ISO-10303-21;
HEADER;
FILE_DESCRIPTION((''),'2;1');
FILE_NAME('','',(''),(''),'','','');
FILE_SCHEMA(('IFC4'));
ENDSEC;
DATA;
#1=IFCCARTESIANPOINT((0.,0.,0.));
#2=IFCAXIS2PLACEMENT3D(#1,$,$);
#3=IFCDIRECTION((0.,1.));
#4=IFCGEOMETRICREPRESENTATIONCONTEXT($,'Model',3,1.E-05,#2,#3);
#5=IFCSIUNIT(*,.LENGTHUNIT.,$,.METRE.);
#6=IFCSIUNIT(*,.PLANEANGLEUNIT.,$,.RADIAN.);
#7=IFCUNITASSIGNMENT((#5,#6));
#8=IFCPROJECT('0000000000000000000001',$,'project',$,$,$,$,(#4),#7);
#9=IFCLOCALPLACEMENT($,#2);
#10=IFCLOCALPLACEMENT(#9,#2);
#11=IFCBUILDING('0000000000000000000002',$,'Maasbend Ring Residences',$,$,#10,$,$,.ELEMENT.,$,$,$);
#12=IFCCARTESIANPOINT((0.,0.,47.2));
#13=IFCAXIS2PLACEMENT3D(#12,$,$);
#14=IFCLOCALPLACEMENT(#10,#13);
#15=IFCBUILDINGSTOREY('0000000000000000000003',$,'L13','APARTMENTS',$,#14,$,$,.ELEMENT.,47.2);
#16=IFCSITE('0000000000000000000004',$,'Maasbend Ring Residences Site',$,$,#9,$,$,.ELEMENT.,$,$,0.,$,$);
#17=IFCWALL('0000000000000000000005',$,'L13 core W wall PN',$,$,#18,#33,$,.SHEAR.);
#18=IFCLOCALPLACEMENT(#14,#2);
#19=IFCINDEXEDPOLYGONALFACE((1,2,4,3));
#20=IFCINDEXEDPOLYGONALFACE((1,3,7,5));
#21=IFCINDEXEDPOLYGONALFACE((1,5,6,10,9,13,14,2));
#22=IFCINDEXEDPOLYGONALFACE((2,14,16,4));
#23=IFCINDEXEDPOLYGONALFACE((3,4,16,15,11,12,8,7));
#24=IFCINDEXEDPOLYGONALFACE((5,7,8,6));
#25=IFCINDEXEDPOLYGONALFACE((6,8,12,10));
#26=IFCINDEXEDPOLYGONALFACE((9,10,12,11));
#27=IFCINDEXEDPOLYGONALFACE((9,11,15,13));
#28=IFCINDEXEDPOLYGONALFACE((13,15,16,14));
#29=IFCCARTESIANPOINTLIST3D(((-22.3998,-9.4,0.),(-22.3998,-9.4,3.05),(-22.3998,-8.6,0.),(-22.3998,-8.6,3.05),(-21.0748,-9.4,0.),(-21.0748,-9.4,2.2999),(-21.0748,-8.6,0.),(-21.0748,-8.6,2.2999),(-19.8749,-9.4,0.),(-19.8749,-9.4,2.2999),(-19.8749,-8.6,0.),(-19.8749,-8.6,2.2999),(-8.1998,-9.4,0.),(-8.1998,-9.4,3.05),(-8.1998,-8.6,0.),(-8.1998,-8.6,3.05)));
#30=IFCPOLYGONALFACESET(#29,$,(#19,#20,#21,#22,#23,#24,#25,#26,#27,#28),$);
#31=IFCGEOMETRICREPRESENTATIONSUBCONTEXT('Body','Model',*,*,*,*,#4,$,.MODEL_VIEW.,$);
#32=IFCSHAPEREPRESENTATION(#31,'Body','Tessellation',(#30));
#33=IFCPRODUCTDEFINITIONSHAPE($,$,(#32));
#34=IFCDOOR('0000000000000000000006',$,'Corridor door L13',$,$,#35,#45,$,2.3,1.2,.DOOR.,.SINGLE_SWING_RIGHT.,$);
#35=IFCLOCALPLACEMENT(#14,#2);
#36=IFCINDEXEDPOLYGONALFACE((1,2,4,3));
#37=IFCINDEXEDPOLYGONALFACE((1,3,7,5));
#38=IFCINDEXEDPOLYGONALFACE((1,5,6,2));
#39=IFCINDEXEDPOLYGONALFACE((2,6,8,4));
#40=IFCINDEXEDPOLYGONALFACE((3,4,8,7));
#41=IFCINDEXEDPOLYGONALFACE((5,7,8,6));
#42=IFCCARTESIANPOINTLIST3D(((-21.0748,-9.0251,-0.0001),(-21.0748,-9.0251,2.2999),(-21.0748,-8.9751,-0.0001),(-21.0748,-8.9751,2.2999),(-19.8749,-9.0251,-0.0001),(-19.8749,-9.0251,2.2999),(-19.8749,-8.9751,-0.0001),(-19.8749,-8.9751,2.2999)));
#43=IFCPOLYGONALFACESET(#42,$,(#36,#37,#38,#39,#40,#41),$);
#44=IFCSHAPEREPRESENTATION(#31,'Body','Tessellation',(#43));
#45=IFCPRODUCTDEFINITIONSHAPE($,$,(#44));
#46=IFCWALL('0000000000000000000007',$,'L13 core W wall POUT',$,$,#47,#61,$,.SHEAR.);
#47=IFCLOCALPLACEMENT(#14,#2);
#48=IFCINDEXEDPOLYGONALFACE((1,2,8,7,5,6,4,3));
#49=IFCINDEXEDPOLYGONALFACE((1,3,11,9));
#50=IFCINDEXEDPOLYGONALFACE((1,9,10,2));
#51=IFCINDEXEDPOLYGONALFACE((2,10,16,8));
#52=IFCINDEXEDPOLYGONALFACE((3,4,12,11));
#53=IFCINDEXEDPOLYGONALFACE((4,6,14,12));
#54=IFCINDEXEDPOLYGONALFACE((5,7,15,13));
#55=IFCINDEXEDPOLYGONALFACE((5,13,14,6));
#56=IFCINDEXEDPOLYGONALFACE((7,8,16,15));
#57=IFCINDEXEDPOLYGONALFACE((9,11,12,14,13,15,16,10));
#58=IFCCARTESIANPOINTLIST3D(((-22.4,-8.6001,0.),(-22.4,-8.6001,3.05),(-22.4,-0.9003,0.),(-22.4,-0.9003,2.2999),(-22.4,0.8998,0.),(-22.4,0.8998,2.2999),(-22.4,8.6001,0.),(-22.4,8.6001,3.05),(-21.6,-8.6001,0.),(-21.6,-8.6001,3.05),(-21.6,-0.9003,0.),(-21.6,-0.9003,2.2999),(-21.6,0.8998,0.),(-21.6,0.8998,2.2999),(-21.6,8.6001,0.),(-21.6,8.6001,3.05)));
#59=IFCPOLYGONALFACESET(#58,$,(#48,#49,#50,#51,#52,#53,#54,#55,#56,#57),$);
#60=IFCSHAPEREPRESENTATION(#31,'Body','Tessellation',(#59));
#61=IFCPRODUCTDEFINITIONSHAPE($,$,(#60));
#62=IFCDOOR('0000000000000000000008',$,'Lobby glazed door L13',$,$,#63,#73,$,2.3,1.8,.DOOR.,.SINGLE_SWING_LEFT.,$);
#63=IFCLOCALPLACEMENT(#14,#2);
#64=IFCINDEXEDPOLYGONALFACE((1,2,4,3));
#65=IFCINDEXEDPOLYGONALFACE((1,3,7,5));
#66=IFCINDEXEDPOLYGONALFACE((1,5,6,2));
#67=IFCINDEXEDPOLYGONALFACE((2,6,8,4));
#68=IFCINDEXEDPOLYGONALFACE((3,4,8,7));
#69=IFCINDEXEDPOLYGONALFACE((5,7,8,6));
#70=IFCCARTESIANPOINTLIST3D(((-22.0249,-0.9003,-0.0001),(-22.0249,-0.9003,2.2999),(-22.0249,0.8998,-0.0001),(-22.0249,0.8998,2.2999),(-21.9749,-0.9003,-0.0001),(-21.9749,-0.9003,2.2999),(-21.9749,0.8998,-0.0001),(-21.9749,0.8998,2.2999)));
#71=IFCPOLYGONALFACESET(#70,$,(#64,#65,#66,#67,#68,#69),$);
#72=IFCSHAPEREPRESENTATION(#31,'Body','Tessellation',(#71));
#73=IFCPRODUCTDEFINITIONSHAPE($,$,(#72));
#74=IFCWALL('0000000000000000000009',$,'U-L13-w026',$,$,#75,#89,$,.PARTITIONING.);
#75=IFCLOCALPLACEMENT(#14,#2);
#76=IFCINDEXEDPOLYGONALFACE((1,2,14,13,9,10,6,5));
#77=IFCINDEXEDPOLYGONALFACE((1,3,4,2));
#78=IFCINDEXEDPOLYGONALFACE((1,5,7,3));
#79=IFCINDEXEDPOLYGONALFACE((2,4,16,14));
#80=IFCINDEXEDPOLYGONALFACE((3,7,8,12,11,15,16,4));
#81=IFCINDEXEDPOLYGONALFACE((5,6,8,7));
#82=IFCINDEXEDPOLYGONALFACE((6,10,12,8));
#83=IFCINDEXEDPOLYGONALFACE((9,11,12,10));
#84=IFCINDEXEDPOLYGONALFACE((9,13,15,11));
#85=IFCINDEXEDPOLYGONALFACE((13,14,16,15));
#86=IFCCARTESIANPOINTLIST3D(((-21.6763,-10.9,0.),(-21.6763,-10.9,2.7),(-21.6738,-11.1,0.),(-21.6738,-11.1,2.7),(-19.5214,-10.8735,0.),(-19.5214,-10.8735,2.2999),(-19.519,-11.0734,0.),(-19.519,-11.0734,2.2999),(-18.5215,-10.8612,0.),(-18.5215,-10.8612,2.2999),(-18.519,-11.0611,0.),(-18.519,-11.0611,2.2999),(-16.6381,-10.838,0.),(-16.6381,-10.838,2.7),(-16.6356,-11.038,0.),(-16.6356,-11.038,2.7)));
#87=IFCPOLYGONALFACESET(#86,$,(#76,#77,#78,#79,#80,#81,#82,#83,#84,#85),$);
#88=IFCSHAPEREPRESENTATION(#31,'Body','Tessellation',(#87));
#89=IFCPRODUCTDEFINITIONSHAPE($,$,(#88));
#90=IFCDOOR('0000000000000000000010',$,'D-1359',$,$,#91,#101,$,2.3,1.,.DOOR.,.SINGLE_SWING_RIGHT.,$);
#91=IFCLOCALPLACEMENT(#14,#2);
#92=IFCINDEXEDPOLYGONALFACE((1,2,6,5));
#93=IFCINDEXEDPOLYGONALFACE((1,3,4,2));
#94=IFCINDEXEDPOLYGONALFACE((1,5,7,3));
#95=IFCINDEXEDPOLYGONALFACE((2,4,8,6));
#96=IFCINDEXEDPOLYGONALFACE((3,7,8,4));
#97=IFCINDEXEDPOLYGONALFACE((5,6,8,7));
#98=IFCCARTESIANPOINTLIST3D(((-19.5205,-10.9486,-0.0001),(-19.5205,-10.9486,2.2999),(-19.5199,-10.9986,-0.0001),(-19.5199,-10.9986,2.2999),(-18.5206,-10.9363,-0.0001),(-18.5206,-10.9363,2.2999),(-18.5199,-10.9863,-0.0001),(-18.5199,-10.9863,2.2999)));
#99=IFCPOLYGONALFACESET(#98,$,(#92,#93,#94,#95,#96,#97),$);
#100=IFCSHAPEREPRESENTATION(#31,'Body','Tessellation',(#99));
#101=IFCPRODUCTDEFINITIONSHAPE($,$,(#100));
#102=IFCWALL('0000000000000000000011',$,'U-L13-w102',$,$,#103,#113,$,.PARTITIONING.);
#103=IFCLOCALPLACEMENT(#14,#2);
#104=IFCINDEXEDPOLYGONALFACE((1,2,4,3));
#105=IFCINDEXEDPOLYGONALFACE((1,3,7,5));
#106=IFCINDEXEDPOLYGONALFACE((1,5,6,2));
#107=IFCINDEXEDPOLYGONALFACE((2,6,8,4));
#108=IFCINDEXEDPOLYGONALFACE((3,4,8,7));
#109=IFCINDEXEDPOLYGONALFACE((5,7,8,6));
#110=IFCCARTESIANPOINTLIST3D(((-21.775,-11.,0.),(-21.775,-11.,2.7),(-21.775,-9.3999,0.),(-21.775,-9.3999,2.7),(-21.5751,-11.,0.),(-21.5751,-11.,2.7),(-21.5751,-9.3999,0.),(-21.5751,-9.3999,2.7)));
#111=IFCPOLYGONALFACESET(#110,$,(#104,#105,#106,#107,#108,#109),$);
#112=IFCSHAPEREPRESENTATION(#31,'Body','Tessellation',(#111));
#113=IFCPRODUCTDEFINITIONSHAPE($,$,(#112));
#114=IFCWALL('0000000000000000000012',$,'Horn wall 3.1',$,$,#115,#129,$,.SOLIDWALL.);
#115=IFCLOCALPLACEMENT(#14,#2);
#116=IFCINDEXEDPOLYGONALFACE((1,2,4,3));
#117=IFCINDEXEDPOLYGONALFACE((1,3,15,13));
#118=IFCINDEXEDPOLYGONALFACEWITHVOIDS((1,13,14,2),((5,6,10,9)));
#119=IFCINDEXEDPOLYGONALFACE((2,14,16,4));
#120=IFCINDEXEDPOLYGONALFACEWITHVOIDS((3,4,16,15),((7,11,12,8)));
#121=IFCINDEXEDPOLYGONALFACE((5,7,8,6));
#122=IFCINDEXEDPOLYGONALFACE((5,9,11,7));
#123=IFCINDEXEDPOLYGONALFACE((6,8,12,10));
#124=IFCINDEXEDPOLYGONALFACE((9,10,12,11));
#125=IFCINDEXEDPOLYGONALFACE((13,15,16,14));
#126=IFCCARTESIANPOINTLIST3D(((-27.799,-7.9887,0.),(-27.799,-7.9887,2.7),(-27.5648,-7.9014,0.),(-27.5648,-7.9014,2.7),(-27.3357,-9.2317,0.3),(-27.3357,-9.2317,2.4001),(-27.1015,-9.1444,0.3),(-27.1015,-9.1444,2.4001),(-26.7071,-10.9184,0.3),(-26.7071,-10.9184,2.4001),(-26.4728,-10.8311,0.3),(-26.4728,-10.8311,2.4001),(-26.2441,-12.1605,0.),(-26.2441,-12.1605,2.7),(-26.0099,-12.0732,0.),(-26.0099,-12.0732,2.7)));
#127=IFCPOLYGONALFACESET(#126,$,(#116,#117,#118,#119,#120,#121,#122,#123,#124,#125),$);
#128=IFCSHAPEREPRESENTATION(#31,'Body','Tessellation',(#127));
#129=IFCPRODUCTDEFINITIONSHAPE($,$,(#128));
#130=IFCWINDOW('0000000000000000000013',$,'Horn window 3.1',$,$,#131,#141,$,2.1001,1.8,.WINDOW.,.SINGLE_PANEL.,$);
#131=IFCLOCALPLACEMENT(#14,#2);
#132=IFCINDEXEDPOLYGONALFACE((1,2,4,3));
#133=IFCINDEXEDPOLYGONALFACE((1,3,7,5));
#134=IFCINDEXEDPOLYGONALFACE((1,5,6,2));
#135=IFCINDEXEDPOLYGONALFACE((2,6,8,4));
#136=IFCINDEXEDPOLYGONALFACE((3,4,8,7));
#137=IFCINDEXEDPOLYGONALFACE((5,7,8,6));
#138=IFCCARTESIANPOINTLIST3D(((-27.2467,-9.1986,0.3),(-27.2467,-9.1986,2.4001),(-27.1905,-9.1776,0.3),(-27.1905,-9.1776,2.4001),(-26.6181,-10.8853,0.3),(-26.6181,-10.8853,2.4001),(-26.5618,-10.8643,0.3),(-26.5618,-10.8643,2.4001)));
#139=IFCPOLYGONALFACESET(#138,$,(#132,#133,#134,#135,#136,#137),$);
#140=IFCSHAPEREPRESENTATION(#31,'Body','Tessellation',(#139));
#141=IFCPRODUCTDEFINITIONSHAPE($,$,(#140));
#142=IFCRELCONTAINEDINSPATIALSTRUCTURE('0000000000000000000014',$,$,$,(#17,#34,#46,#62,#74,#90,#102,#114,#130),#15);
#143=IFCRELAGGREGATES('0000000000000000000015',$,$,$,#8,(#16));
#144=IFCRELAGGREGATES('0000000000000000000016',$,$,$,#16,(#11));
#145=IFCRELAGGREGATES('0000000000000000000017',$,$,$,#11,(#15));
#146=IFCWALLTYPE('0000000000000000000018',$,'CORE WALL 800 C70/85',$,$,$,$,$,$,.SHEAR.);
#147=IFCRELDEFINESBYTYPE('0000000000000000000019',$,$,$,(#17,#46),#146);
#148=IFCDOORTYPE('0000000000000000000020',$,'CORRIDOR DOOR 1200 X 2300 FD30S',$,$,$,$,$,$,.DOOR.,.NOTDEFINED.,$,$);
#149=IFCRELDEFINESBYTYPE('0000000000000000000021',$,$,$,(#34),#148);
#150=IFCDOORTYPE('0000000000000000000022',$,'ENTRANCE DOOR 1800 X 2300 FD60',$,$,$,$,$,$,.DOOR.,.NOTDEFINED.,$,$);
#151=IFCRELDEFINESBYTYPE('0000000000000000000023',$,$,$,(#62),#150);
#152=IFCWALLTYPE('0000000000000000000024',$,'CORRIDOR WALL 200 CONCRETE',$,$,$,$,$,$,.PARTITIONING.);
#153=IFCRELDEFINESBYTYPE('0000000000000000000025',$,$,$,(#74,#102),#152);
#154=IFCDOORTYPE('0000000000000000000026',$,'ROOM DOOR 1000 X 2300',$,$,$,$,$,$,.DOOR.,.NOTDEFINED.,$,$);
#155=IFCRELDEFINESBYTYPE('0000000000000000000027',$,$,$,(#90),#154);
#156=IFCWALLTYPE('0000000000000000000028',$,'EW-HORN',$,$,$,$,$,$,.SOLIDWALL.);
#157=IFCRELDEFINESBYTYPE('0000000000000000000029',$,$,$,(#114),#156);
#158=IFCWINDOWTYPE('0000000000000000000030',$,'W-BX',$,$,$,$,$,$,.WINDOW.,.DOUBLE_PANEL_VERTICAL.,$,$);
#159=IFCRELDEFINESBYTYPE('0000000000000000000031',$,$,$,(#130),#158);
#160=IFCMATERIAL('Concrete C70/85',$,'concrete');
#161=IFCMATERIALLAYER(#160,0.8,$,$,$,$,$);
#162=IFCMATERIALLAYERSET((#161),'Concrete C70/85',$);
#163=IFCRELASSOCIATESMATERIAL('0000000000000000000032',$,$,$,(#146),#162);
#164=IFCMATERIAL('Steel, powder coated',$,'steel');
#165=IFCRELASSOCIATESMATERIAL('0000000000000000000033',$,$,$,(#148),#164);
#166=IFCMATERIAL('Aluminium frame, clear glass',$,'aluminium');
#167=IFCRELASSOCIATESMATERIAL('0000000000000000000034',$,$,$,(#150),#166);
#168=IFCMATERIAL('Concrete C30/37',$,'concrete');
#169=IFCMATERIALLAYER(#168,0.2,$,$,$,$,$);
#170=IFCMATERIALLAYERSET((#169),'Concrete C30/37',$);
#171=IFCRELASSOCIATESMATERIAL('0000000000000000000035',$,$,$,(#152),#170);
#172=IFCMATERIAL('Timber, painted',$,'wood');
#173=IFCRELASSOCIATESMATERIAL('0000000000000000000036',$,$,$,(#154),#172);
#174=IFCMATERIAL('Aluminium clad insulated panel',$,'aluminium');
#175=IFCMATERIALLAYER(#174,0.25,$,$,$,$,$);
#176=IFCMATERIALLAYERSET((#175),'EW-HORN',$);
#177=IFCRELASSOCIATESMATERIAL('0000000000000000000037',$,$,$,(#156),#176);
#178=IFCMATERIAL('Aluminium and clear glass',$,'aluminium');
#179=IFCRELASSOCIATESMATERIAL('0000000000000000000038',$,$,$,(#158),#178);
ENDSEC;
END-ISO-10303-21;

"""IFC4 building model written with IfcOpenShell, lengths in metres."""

from ifc_helpers import new_model, si_unit, direction, frame, frame_2d, origin, place, context, subcontext, project, spatial, rectangle, extrude, material, layer, layer_set, type_object, element, fill, save


model = new_model("IFC4")

# Units and contexts
model_context = context("Model", 3, precision=1e-05, world=origin(), true_north=direction((0.0, 1.0)))
body_context = subcontext(model_context, "Body", "Model", "MODEL_VIEW")
ifc_project = project(units=[si_unit("LENGTHUNIT", "METRE"), si_unit("PLANEANGLEUNIT", "RADIAN")], contexts=[model_context])

# Site, building, storey
site_placement = place(None, origin())
site = spatial("IfcSite", under=ifc_project, at=site_placement, Name="Maasbend Ring Residences Site", CompositionType="ELEMENT", RefElevation=0.0)
building_placement = place(site_placement, origin())
building = spatial("IfcBuilding", under=site, at=building_placement, Name="Maasbend Ring Residences", CompositionType="ELEMENT")
storey_placement = place(building_placement, frame((0.0, 0.0, 47.2)))
storey = spatial("IfcBuildingStorey", under=building, at=storey_placement, Name="L13", Description="APARTMENTS", CompositionType="ELEMENT", Elevation=47.2)

# Walls, openings, doors
ifc_material_1 = material(Name="Concrete C70/85", Category="concrete")
ifc_layer_1 = layer(ifc_material_1, 0.8)
ifc_layer_set_1 = layer_set([ifc_layer_1], Name="Concrete C70/85")
wall_type_1 = type_object("IfcWallType", Name="CORE WALL 800 C70/85", PredefinedType="SHEAR", material=ifc_layer_set_1)
wall_1_placement = place(storey_placement, frame((-22.3999, -9.0, 0.0), z_axis=(0.0, 0.0, 1.0), x_axis=(1.0, 0.0, 0.0)))
wall_1 = element("IfcWall", 1, at=wall_1_placement, inside=storey, type_object=wall_type_1, Name="L13 core W wall PN", PredefinedType="SHEAR", context=body_context, shape_type="SweptSolid", body=[
    extrude(rectangle(XDim=14.2, YDim=0.8, at=frame_2d((7.1001, 0.0))), origin(), (0.0, 0.0, 1.0), 3.05),
])
opening_1_placement = place(wall_1_placement, frame((1.325, 0.0, 0.0)))
opening_1 = element("IfcOpeningElement", 2, at=opening_1_placement, cuts=wall_1, PredefinedType="OPENING", context=body_context, shape_type="SweptSolid", body=[
    extrude(rectangle(XDim=1.2, YDim=2.3, at=frame_2d((0.6001, 1.1499))), frame((0.0, 0.4102, 0.0), z_axis=(0.0, -1.0, 0.0), x_axis=(1.0, 0.0, 0.0)), (0.0, 0.0, 1.0), 0.8201),
])
ifc_material_2 = material(Name="Steel, powder coated", Category="steel")
door_type_1 = type_object("IfcDoorType", Name="CORRIDOR DOOR 1200 X 2300 FD30S", OperationType="NOTDEFINED", PredefinedType="DOOR", material=ifc_material_2)
door_1_placement = place(opening_1_placement, origin())
door_1 = element("IfcDoor", 3, at=door_1_placement, inside=storey, type_object=door_type_1, Name="Corridor door L13", OperationType="SINGLE_SWING_RIGHT", OverallHeight=2.3, OverallWidth=1.2, PredefinedType="DOOR", context=body_context, shape_type="SweptSolid", body=[
    extrude(rectangle(XDim=1.2, YDim=2.3, at=frame_2d((0.6001, 1.1499))), frame((0.0, 0.0249, 0.0), z_axis=(0.0, -1.0, 0.0), x_axis=(1.0, 0.0, 0.0)), (0.0, 0.0, 1.0), 0.05),
])
fill(opening_1, door_1)
wall_2_placement = place(storey_placement, frame((-22.0, -8.6001, 0.0), z_axis=(0.0, 0.0, 1.0), x_axis=(0.0, 1.0, 0.0)))
wall_2 = element("IfcWall", 4, at=wall_2_placement, inside=storey, type_object=wall_type_1, Name="L13 core W wall POUT", PredefinedType="SHEAR", context=body_context, shape_type="SweptSolid", body=[
    extrude(rectangle(XDim=17.2002, YDim=0.8, at=frame_2d((8.6001, 0.0))), origin(), (0.0, 0.0, 1.0), 3.05),
])
opening_2_placement = place(wall_2_placement, frame((7.7, 0.0, 0.0)))
opening_2 = element("IfcOpeningElement", 5, at=opening_2_placement, cuts=wall_2, PredefinedType="OPENING", context=body_context, shape_type="SweptSolid", body=[
    extrude(rectangle(XDim=1.8, YDim=2.3, at=frame_2d((0.8999, 1.1499))), frame((0.0, 0.4102, 0.0), z_axis=(0.0, -1.0, 0.0), x_axis=(1.0, 0.0, 0.0)), (0.0, 0.0, 1.0), 0.8201),
])
ifc_material_3 = material(Name="Aluminium frame, clear glass", Category="aluminium")
door_type_2 = type_object("IfcDoorType", Name="ENTRANCE DOOR 1800 X 2300 FD60", OperationType="NOTDEFINED", PredefinedType="DOOR", material=ifc_material_3)
door_2_placement = place(opening_2_placement, origin())
door_2 = element("IfcDoor", 6, at=door_2_placement, inside=storey, type_object=door_type_2, Name="Lobby glazed door L13", OperationType="SINGLE_SWING_LEFT", OverallHeight=2.3, OverallWidth=1.8, PredefinedType="DOOR", context=body_context, shape_type="SweptSolid", body=[
    extrude(rectangle(XDim=1.8, YDim=2.3, at=frame_2d((0.8999, 1.1499))), frame((0.0, 0.0249, 0.0), z_axis=(0.0, -1.0, 0.0), x_axis=(1.0, 0.0, 0.0)), (0.0, 0.0, 1.0), 0.05),
])
fill(opening_2, door_2)
ifc_material_4 = material(Name="Concrete C30/37", Category="concrete")
ifc_layer_2 = layer(ifc_material_4, 0.2)
ifc_layer_set_2 = layer_set([ifc_layer_2], Name="Concrete C30/37")
wall_type_2 = type_object("IfcWallType", Name="CORRIDOR WALL 200 CONCRETE", PredefinedType="PARTITIONING", material=ifc_layer_set_2)
wall_3_placement = place(storey_placement, frame((-21.675, -11.0, 0.0), z_axis=(0.0, 0.0, 1.0), x_axis=(0.999924, 0.012308, 0.0)))
wall_3 = element("IfcWall", 7, at=wall_3_placement, inside=storey, type_object=wall_type_2, Name="U-L13-w026", PredefinedType="PARTITIONING", context=body_context, shape_type="SweptSolid", body=[
    extrude(rectangle(XDim=5.0386, YDim=0.2, at=frame_2d((2.5193, 0.0))), origin(), (0.0, 0.0, 1.0), 2.7),
])
opening_3_placement = place(wall_3_placement, frame((2.155, 0.0, 0.0)))
opening_3 = element("IfcOpeningElement", 8, at=opening_3_placement, cuts=wall_3, PredefinedType="OPENING", context=body_context, shape_type="SweptSolid", body=[
    extrude(rectangle(XDim=1.0, YDim=2.3, at=frame_2d((0.5, 1.1499))), frame((0.0, 0.1099, 0.0), z_axis=(0.0, -1.0, 0.0), x_axis=(1.0, 0.0, 0.0)), (0.0, 0.0, 1.0), 0.22),
])
ifc_material_5 = material(Name="Timber, painted", Category="wood")
door_type_3 = type_object("IfcDoorType", Name="ROOM DOOR 1000 X 2300", OperationType="NOTDEFINED", PredefinedType="DOOR", material=ifc_material_5)
door_3_placement = place(opening_3_placement, origin())
door_3 = element("IfcDoor", 9, at=door_3_placement, inside=storey, type_object=door_type_3, Name="D-1359", OperationType="SINGLE_SWING_RIGHT", OverallHeight=2.3, OverallWidth=1.0, PredefinedType="DOOR", context=body_context, shape_type="SweptSolid", body=[
    extrude(rectangle(XDim=1.0, YDim=2.3, at=frame_2d((0.5, 1.1499))), frame((0.0, 0.0249, 0.0), z_axis=(0.0, -1.0, 0.0), x_axis=(1.0, 0.0, 0.0)), (0.0, 0.0, 1.0), 0.05),
])
fill(opening_3, door_3)

# Wall
wall_4_placement = place(storey_placement, frame((-21.675, -11.0, 0.0), z_axis=(0.0, 0.0, 1.0), x_axis=(0.0, 1.0, 0.0)))
element("IfcWall", 10, at=wall_4_placement, inside=storey, type_object=wall_type_2, Name="U-L13-w102", PredefinedType="PARTITIONING", context=body_context, shape_type="SweptSolid", body=[
    extrude(rectangle(XDim=1.6001, YDim=0.2, at=frame_2d((0.8, 0.0))), origin(), (0.0, 0.0, 1.0), 2.7),
])

# Wall, opening, window
ifc_material_6 = material(Name="Aluminium clad insulated panel", Category="aluminium")
ifc_layer_3 = layer(ifc_material_6, 0.25)
ifc_layer_set_3 = layer_set([ifc_layer_3], Name="EW-HORN")
wall_type_3 = type_object("IfcWallType", Name="EW-HORN", PredefinedType="SOLIDWALL", material=ifc_layer_set_3)
wall_5_placement = place(storey_placement, frame((-27.6819, -7.9451, 0.0), z_axis=(0.0, 0.0, 1.0), x_axis=(0.349248, -0.93703, 0.0)))
wall_5 = element("IfcWall", 11, at=wall_5_placement, inside=storey, type_object=wall_type_3, Name="Horn wall 3.1", PredefinedType="SOLIDWALL", context=body_context, shape_type="SweptSolid", body=[
    extrude(rectangle(XDim=4.4521, YDim=0.25, at=frame_2d((2.2261, 0.0))), origin(), (0.0, 0.0, 1.0), 2.7),
])
opening_4_placement = place(wall_5_placement, frame((1.3267, 0.0, 0.3)))
opening_4 = element("IfcOpeningElement", 12, at=opening_4_placement, cuts=wall_5, PredefinedType="OPENING", context=body_context, shape_type="SweptSolid", body=[
    extrude(rectangle(XDim=1.8, YDim=2.1001, at=frame_2d((0.8999, 1.05))), frame((0.0, 0.135, 0.0), z_axis=(0.0, -1.0, 0.0), x_axis=(1.0, 0.0, 0.0)), (0.0, 0.0, 1.0), 0.27),
])
ifc_material_7 = material(Name="Aluminium and clear glass", Category="aluminium")
window_type = type_object("IfcWindowType", Name="W-BX", PartitioningType="DOUBLE_PANEL_VERTICAL", PredefinedType="WINDOW", material=ifc_material_7)
window_1_placement = place(opening_4_placement, origin())
window_1 = element("IfcWindow", 13, at=window_1_placement, inside=storey, type_object=window_type, Name="Horn window 3.1", OverallHeight=2.1001, OverallWidth=1.8, PartitioningType="SINGLE_PANEL", PredefinedType="WINDOW", context=body_context, shape_type="SweptSolid", body=[
    extrude(rectangle(XDim=1.8, YDim=2.1001, at=frame_2d((0.8999, 1.05))), frame((0.0, 0.03, 0.0), z_axis=(0.0, -1.0, 0.0), x_axis=(1.0, 0.0, 0.0)), (0.0, 0.0, 1.0), 0.0601),
])
fill(opening_4, window_1)

save(model, "model.ifc")
